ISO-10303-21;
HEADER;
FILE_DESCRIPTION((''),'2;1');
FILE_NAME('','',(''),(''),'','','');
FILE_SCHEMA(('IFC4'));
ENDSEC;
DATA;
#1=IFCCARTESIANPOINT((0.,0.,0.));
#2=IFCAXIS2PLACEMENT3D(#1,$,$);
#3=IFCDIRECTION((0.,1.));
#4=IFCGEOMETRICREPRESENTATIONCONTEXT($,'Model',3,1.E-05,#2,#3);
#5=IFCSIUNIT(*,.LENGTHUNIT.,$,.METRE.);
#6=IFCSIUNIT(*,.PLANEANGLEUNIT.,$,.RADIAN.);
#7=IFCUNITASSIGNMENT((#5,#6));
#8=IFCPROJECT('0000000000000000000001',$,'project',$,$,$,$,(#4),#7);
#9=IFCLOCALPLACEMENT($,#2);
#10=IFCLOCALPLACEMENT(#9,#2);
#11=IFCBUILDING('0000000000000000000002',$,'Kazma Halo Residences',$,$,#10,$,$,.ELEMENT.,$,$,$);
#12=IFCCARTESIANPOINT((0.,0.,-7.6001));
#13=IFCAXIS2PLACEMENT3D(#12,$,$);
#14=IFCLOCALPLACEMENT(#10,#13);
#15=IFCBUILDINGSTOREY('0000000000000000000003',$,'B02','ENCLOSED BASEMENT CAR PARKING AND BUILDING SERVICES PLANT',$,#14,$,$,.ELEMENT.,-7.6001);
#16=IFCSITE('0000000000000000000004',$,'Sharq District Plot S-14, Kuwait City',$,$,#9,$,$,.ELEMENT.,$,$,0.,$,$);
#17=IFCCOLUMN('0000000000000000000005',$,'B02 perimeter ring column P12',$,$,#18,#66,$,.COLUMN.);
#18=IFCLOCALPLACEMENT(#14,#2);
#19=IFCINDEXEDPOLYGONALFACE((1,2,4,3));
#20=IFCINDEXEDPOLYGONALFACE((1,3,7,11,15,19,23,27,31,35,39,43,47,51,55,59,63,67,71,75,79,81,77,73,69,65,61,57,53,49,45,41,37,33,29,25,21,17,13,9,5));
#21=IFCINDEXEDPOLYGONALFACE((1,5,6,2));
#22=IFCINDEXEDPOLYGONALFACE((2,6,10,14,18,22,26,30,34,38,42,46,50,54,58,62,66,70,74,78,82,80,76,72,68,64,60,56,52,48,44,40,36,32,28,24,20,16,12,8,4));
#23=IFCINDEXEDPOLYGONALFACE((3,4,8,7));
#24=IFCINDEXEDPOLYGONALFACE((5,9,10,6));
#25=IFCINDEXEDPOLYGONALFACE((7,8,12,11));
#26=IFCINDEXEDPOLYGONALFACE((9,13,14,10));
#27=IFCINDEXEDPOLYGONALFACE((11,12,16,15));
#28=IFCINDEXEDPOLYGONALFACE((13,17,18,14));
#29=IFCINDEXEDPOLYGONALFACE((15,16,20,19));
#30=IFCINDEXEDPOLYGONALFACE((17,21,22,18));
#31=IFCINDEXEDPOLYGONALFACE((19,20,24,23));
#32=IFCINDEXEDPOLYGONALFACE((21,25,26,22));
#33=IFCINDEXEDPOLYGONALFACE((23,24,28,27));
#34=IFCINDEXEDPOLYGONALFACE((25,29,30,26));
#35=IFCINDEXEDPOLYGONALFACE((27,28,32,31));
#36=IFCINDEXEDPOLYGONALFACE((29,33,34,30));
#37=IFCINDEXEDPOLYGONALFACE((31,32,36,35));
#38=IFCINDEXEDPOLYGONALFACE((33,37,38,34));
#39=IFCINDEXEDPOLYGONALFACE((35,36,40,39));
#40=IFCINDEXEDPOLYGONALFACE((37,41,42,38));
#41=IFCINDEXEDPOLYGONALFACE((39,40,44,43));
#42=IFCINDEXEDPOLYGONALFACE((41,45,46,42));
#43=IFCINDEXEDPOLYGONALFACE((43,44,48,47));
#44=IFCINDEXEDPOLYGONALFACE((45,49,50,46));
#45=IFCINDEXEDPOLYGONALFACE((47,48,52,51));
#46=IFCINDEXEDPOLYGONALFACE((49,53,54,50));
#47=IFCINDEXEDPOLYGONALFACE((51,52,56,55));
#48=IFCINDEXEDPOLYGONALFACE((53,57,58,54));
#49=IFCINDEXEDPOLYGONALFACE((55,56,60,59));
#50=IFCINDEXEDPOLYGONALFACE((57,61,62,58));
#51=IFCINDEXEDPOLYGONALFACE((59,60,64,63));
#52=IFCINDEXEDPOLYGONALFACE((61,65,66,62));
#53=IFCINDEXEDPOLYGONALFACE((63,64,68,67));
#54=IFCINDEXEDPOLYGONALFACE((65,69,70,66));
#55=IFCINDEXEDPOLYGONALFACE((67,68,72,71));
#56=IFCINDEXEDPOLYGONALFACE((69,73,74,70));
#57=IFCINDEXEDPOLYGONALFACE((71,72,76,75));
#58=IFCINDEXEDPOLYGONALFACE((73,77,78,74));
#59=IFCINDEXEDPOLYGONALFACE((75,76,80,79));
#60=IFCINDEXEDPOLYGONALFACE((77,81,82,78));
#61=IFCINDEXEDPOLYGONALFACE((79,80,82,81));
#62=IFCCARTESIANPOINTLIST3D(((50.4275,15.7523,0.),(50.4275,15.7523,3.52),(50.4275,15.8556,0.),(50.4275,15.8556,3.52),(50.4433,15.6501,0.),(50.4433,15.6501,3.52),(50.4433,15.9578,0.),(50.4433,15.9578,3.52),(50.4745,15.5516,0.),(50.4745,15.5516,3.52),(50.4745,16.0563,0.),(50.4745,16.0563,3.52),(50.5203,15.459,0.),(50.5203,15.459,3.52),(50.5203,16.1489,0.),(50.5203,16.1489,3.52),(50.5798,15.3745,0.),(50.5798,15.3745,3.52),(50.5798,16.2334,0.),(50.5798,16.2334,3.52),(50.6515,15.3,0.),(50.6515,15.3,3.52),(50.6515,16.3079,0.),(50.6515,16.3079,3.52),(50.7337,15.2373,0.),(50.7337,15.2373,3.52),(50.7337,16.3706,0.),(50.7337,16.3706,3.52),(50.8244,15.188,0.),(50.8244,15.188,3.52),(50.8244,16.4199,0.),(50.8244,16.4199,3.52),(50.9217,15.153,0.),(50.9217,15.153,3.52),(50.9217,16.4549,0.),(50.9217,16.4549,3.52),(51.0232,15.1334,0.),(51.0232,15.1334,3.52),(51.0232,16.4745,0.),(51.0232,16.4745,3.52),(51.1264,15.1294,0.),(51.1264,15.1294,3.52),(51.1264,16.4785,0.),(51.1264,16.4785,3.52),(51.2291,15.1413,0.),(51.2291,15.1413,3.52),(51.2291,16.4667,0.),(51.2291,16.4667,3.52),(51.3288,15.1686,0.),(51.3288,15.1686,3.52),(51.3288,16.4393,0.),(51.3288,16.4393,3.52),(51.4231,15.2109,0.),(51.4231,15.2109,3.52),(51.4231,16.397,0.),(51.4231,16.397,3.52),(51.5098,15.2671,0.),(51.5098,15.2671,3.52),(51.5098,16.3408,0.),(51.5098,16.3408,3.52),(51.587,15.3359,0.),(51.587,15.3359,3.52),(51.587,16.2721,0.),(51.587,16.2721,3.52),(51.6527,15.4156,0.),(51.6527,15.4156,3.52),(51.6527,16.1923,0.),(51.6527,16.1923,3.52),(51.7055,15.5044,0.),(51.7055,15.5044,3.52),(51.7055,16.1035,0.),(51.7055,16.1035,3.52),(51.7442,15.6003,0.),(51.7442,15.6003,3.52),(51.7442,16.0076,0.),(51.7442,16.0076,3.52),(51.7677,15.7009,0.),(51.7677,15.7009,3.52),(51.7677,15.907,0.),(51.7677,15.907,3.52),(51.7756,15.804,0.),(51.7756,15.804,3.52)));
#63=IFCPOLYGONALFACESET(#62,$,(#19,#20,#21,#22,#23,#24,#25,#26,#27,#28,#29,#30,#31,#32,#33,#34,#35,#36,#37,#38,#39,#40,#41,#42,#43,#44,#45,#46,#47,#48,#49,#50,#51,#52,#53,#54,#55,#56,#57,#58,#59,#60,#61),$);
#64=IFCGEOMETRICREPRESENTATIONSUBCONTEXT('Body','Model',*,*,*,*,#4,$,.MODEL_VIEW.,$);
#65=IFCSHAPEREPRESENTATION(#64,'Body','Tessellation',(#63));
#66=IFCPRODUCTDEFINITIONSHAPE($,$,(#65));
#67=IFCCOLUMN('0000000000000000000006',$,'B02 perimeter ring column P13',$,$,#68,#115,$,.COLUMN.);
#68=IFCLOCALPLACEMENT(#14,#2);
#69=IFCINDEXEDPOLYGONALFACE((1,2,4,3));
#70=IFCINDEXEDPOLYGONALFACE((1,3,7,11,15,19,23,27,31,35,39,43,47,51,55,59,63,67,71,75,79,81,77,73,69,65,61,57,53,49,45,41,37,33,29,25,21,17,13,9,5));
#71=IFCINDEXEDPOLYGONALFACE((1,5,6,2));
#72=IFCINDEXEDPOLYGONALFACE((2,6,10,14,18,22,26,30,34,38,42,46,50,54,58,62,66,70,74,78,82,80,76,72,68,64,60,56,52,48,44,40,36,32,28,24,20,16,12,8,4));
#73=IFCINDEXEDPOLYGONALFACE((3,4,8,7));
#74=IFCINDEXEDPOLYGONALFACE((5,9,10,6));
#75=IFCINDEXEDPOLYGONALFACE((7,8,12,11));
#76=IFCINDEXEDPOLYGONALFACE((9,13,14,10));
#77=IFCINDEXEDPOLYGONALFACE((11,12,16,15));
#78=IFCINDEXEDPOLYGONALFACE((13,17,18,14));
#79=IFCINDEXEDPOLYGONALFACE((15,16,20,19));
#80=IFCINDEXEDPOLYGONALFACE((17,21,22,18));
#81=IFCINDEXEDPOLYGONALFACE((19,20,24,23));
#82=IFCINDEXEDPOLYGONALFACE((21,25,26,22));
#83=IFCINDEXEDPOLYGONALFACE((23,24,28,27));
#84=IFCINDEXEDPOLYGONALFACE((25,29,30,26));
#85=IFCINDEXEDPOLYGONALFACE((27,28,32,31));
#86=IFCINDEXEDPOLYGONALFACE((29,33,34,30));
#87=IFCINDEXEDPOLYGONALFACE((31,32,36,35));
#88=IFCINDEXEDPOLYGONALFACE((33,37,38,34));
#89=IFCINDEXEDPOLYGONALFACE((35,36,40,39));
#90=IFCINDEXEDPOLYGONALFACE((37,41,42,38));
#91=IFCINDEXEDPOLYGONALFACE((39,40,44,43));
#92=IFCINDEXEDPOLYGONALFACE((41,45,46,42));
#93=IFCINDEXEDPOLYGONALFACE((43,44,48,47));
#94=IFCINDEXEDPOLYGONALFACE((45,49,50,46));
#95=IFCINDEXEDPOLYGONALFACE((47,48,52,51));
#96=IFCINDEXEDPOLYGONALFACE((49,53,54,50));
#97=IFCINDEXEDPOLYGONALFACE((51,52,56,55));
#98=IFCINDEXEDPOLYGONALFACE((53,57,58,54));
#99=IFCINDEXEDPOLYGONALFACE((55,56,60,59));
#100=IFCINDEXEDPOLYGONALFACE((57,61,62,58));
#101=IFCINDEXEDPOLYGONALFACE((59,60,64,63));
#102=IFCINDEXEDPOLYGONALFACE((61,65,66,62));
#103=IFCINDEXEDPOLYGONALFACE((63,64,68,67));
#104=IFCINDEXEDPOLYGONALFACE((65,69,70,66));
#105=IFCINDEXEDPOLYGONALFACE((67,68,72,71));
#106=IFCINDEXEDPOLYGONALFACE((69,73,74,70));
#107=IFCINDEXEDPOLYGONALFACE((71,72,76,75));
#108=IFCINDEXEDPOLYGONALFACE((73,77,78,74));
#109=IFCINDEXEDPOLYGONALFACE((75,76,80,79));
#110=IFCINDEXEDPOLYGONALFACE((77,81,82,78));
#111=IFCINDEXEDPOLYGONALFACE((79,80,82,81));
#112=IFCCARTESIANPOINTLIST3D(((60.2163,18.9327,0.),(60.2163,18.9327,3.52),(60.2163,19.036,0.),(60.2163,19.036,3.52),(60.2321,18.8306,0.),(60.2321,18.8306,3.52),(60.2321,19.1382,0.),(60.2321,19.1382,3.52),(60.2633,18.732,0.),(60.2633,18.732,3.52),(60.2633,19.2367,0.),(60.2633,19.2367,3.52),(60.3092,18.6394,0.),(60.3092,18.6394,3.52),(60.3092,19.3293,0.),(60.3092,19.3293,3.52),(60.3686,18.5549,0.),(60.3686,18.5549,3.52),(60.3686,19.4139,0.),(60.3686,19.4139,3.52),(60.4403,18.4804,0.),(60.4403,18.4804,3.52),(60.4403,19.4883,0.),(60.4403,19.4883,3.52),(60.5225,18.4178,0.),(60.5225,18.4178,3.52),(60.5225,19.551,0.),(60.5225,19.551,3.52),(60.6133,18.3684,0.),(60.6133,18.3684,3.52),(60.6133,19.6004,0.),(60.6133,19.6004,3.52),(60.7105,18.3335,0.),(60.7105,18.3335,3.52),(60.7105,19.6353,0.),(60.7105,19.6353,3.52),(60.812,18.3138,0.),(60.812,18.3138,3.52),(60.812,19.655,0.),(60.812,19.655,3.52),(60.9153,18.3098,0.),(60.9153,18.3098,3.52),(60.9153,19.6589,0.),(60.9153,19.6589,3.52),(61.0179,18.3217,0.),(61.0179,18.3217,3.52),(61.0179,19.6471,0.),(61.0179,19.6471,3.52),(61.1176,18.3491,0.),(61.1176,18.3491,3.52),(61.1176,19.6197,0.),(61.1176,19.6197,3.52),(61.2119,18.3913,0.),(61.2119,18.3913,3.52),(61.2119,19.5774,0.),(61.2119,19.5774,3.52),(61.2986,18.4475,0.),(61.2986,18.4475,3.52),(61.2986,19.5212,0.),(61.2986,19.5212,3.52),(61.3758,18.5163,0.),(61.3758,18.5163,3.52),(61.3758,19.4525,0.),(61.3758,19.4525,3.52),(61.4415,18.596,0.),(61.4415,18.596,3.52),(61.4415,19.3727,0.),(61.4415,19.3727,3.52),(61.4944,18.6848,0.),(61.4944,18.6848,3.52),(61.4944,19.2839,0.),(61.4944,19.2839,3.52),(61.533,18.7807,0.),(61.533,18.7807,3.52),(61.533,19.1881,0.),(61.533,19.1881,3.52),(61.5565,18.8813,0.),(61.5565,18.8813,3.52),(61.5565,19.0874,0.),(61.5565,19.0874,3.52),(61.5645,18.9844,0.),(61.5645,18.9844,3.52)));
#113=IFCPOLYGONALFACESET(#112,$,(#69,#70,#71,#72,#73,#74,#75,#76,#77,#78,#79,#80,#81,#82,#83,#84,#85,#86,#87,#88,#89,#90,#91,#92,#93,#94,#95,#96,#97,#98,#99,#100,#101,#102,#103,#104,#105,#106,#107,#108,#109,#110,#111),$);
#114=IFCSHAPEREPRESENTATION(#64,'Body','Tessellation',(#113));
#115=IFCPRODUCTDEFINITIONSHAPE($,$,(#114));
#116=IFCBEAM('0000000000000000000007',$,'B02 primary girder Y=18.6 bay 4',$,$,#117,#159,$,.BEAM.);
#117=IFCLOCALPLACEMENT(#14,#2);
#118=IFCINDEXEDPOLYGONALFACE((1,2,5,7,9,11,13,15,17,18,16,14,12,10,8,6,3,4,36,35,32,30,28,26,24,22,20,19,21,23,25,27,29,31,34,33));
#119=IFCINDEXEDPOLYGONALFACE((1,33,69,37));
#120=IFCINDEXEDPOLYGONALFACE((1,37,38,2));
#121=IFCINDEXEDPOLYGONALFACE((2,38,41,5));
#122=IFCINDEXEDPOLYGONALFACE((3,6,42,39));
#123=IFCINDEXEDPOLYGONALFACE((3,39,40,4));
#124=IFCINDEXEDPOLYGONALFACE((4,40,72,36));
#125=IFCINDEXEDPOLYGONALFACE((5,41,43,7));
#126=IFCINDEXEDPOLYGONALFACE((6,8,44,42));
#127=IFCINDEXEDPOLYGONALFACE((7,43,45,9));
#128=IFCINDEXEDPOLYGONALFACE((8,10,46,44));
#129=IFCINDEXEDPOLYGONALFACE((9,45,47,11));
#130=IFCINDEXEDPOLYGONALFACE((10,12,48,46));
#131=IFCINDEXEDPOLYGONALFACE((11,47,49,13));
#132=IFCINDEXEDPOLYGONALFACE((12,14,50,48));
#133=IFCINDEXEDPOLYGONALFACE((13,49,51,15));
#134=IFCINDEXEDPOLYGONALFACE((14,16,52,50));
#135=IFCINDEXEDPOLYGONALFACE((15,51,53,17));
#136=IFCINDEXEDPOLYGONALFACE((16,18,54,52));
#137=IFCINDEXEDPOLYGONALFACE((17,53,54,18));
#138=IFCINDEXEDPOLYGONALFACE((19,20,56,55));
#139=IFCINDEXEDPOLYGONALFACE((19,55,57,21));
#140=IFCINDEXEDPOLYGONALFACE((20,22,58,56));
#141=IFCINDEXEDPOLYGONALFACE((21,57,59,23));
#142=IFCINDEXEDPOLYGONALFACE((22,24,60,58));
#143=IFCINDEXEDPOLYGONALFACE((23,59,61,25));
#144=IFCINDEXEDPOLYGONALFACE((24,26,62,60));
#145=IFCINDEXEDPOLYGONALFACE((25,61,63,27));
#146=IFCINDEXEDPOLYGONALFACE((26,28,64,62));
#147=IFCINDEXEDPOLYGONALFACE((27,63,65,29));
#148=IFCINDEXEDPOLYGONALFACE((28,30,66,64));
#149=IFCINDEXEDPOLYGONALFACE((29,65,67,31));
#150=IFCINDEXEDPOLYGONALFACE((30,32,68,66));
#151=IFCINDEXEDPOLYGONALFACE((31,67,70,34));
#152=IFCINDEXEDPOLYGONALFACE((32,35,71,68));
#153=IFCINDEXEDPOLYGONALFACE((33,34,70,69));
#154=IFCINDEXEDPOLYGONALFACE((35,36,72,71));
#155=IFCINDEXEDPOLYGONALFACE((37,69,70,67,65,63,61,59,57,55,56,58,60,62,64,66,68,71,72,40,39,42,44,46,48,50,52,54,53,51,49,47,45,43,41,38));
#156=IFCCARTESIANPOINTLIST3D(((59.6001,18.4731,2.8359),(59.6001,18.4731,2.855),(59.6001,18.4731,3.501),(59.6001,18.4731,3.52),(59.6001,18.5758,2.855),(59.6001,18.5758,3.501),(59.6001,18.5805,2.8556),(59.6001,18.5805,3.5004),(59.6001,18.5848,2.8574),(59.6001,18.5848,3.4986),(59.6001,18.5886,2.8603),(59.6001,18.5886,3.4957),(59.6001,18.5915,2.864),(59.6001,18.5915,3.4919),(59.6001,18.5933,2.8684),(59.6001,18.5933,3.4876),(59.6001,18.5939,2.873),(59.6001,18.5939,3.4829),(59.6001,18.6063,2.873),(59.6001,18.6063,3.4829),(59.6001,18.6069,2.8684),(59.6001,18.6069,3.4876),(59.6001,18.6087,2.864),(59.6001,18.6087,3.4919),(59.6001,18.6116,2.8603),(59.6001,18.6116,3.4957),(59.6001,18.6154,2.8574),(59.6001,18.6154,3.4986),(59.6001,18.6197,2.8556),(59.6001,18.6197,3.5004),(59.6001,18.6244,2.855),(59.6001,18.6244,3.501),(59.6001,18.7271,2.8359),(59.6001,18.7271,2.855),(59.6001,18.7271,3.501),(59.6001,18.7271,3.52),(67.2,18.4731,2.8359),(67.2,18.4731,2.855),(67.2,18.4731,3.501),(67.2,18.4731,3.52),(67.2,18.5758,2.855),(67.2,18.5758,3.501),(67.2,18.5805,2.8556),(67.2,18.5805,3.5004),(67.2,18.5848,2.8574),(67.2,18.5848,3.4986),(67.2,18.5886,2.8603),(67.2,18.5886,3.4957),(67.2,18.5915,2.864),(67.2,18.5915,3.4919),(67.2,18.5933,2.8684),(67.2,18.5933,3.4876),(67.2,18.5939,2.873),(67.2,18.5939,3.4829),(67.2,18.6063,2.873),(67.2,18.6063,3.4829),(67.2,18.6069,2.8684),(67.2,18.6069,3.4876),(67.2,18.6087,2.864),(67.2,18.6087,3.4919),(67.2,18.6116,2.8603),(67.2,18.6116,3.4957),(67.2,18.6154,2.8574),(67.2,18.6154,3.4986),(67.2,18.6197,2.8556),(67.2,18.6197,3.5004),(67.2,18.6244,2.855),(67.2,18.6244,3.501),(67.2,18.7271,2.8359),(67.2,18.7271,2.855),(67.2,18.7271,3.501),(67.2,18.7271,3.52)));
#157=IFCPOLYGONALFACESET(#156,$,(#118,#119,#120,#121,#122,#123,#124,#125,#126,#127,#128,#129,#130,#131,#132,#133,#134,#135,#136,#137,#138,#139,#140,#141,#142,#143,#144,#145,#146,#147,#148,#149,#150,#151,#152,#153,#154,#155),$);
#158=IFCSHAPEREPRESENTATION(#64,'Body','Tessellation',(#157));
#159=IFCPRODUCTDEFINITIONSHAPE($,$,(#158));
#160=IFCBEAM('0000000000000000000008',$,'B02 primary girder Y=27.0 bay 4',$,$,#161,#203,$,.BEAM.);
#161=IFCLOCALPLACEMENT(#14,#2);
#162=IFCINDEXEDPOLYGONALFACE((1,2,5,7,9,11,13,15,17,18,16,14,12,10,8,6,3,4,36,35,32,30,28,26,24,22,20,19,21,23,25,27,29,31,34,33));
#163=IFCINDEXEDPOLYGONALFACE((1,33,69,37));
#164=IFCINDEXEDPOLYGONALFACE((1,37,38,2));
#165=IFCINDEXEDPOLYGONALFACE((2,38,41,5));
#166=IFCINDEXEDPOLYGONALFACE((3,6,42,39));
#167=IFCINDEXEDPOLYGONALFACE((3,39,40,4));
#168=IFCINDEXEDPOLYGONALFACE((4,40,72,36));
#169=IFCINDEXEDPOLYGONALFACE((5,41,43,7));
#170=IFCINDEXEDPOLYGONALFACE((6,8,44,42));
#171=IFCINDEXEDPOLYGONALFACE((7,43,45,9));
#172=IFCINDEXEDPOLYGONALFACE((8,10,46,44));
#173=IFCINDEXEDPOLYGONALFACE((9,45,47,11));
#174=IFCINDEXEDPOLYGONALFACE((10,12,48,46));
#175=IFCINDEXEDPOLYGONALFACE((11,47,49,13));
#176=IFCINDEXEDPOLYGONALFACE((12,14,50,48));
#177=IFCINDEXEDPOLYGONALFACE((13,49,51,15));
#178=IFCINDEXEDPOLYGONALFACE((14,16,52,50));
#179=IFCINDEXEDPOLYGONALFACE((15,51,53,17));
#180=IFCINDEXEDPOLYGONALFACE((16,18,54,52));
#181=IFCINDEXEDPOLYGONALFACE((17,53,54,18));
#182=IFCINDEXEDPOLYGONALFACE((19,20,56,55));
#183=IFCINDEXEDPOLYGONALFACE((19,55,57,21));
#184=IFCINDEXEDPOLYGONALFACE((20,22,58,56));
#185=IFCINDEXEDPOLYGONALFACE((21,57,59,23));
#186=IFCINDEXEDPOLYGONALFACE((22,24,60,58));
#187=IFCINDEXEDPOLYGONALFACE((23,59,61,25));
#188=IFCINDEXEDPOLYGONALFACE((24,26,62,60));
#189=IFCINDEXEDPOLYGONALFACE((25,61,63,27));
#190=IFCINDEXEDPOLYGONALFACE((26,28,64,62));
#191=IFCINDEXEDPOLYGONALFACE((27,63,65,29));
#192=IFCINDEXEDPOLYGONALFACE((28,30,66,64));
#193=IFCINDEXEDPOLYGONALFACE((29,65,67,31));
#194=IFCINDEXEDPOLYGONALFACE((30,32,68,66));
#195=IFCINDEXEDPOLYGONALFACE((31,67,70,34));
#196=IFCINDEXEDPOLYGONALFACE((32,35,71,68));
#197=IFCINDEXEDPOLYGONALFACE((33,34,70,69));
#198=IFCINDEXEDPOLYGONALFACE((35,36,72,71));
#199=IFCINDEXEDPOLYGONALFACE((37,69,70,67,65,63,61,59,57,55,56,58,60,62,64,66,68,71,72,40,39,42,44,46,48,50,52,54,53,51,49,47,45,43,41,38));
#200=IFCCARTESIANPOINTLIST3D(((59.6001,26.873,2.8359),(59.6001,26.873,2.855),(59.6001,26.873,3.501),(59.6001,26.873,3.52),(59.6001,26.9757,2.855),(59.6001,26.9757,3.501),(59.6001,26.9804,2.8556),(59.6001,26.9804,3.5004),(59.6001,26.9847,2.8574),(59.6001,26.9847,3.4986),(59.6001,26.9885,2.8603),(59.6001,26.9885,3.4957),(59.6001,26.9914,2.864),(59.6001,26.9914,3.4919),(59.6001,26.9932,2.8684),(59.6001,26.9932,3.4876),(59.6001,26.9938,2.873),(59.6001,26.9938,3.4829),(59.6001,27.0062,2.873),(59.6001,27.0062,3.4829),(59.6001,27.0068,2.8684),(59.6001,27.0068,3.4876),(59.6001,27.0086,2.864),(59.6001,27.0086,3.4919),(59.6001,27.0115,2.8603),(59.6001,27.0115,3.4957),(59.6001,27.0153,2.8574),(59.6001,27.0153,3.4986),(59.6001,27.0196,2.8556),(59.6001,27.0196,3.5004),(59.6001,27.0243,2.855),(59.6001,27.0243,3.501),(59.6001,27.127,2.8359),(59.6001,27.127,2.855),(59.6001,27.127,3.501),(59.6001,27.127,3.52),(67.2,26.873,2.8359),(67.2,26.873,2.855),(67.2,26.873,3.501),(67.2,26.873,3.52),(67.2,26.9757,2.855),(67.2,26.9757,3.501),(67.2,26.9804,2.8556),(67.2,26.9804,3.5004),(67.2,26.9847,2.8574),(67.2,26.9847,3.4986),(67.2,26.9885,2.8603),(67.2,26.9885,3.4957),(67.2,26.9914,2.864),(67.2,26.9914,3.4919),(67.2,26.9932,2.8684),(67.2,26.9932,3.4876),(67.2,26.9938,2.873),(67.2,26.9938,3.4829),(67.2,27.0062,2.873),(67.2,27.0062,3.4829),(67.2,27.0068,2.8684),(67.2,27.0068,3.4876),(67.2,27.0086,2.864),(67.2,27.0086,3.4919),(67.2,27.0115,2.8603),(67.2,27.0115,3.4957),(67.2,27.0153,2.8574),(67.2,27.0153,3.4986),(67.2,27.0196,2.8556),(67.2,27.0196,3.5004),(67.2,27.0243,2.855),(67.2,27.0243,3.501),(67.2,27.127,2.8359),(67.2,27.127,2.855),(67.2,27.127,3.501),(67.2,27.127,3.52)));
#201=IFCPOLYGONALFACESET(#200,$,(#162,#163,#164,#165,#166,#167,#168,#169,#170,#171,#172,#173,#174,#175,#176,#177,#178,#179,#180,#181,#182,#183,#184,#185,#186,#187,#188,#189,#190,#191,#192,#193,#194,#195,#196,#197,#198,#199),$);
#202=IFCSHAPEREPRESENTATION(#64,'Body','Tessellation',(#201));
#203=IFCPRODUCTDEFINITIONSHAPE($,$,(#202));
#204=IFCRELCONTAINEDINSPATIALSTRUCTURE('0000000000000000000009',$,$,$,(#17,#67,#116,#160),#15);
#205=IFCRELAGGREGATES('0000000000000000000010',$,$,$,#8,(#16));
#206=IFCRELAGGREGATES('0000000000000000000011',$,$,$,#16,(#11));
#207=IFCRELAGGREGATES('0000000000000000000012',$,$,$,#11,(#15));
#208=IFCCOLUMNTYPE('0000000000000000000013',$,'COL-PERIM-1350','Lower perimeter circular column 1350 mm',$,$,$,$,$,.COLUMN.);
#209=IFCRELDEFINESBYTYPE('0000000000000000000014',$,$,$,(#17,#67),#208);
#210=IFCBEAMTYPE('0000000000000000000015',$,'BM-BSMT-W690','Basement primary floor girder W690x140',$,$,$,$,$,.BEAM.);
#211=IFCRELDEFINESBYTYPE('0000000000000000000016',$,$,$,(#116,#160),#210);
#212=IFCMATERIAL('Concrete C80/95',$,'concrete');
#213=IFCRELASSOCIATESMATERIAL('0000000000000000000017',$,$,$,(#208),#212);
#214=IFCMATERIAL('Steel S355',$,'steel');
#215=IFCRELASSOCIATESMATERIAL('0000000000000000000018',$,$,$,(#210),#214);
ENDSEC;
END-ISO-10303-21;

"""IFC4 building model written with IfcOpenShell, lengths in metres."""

from ifc_helpers import new_model, si_unit, direction, frame, origin, origin_2d, place, context, subcontext, project, spatial, circle, i_section, extrude, material, material_profile, profile_set, type_object, element, save


model = new_model("IFC4")

# Units and contexts
model_context = context("Model", 3, precision=1e-05, world=origin(), true_north=direction((0.0, 1.0)))
body_context = subcontext(model_context, "Body", "Model", "MODEL_VIEW")
ifc_project = project(units=[si_unit("LENGTHUNIT", "METRE"), si_unit("PLANEANGLEUNIT", "RADIAN")], contexts=[model_context])

# Site, building, storey
site_placement = place(None, origin())
site = spatial("IfcSite", under=ifc_project, at=site_placement, Name="Sharq District Plot S-14, Kuwait City", CompositionType="ELEMENT", RefElevation=0.0)
building_placement = place(site_placement, origin())
building = spatial("IfcBuilding", under=site, at=building_placement, Name="Kazma Halo Residences", CompositionType="ELEMENT")
storey_placement = place(building_placement, frame((0.0, 0.0, -7.6001)))
storey = spatial("IfcBuildingStorey", under=building, at=storey_placement, Name="B02", Description="ENCLOSED BASEMENT CAR PARKING AND BUILDING SERVICES PLANT", CompositionType="ELEMENT", Elevation=-7.6001)

# Columns
ifc_material_1 = material(Name="Concrete C80/95", Category="concrete")
ifc_material_profile_1 = material_profile(ifc_material_1, circle(Radius=0.675, at=origin_2d()), Name="CIRC1350")
ifc_profile_set_1 = profile_set([ifc_material_profile_1], Name="Concrete C80/95")
column_type_1 = type_object("IfcColumnType", Name="COL-PERIM-1350", Description="Lower perimeter circular column 1350 mm", PredefinedType="COLUMN", material=ifc_profile_set_1)
for number, where, z_axis, x_axis, name in (
    (1, (51.1006, 15.804, 0.0), (0.0, 0.0, 1.0), (1.0, 0.0, 0.0), "B02 perimeter ring column P12"),
    (2, (60.8894, 18.9844, 0.0), (0.0, 0.0, 1.0), (1.0, 0.0, 0.0), "B02 perimeter ring column P13"),
):
    element("IfcColumn", number, at=place(storey_placement, frame(where, z_axis=z_axis, x_axis=x_axis)), inside=storey, type_object=column_type_1, Name=name, PredefinedType="COLUMN", context=body_context, shape_type="SweptSolid", body=[
        extrude(circle(Radius=0.675, at=origin_2d()), origin(), (0.0, 0.0, 1.0), 3.52),
    ])

# Beams
ifc_material_2 = material(Name="Steel S355", Category="steel")
ifc_material_profile_2 = material_profile(ifc_material_2, i_section(OverallWidth=0.2539, OverallDepth=0.6841, WebThickness=0.0125, FlangeThickness=0.019, FilletRadius=0.0181, at=origin_2d()), Name="W690x140")
ifc_profile_set_2 = profile_set([ifc_material_profile_2], Name="Steel S355")
beam_type_1 = type_object("IfcBeamType", Name="BM-BSMT-W690", Description="Basement primary floor girder W690x140", PredefinedType="BEAM", material=ifc_profile_set_2)
for number, where, z_axis, x_axis, name in (
    (3, (59.6001, 18.6001, 3.178), (1.0, 0.0, 0.0), (0.0, 1.0, 0.0), "B02 primary girder Y=18.6 bay 4"),
    (4, (59.6001, 27.0, 3.178), (1.0, 0.0, 0.0), (0.0, 1.0, 0.0), "B02 primary girder Y=27.0 bay 4"),
):
    element("IfcBeam", number, at=place(storey_placement, frame(where, z_axis=z_axis, x_axis=x_axis)), inside=storey, type_object=beam_type_1, Name=name, PredefinedType="BEAM", context=body_context, shape_type="SweptSolid", body=[
        extrude(i_section(OverallWidth=0.2539, OverallDepth=0.6841, WebThickness=0.0125, FlangeThickness=0.019, FilletRadius=0.0181, at=origin_2d()), origin(), (0.0, 0.0, 1.0), 7.5999),
    ])

save(model, "model.ifc")
